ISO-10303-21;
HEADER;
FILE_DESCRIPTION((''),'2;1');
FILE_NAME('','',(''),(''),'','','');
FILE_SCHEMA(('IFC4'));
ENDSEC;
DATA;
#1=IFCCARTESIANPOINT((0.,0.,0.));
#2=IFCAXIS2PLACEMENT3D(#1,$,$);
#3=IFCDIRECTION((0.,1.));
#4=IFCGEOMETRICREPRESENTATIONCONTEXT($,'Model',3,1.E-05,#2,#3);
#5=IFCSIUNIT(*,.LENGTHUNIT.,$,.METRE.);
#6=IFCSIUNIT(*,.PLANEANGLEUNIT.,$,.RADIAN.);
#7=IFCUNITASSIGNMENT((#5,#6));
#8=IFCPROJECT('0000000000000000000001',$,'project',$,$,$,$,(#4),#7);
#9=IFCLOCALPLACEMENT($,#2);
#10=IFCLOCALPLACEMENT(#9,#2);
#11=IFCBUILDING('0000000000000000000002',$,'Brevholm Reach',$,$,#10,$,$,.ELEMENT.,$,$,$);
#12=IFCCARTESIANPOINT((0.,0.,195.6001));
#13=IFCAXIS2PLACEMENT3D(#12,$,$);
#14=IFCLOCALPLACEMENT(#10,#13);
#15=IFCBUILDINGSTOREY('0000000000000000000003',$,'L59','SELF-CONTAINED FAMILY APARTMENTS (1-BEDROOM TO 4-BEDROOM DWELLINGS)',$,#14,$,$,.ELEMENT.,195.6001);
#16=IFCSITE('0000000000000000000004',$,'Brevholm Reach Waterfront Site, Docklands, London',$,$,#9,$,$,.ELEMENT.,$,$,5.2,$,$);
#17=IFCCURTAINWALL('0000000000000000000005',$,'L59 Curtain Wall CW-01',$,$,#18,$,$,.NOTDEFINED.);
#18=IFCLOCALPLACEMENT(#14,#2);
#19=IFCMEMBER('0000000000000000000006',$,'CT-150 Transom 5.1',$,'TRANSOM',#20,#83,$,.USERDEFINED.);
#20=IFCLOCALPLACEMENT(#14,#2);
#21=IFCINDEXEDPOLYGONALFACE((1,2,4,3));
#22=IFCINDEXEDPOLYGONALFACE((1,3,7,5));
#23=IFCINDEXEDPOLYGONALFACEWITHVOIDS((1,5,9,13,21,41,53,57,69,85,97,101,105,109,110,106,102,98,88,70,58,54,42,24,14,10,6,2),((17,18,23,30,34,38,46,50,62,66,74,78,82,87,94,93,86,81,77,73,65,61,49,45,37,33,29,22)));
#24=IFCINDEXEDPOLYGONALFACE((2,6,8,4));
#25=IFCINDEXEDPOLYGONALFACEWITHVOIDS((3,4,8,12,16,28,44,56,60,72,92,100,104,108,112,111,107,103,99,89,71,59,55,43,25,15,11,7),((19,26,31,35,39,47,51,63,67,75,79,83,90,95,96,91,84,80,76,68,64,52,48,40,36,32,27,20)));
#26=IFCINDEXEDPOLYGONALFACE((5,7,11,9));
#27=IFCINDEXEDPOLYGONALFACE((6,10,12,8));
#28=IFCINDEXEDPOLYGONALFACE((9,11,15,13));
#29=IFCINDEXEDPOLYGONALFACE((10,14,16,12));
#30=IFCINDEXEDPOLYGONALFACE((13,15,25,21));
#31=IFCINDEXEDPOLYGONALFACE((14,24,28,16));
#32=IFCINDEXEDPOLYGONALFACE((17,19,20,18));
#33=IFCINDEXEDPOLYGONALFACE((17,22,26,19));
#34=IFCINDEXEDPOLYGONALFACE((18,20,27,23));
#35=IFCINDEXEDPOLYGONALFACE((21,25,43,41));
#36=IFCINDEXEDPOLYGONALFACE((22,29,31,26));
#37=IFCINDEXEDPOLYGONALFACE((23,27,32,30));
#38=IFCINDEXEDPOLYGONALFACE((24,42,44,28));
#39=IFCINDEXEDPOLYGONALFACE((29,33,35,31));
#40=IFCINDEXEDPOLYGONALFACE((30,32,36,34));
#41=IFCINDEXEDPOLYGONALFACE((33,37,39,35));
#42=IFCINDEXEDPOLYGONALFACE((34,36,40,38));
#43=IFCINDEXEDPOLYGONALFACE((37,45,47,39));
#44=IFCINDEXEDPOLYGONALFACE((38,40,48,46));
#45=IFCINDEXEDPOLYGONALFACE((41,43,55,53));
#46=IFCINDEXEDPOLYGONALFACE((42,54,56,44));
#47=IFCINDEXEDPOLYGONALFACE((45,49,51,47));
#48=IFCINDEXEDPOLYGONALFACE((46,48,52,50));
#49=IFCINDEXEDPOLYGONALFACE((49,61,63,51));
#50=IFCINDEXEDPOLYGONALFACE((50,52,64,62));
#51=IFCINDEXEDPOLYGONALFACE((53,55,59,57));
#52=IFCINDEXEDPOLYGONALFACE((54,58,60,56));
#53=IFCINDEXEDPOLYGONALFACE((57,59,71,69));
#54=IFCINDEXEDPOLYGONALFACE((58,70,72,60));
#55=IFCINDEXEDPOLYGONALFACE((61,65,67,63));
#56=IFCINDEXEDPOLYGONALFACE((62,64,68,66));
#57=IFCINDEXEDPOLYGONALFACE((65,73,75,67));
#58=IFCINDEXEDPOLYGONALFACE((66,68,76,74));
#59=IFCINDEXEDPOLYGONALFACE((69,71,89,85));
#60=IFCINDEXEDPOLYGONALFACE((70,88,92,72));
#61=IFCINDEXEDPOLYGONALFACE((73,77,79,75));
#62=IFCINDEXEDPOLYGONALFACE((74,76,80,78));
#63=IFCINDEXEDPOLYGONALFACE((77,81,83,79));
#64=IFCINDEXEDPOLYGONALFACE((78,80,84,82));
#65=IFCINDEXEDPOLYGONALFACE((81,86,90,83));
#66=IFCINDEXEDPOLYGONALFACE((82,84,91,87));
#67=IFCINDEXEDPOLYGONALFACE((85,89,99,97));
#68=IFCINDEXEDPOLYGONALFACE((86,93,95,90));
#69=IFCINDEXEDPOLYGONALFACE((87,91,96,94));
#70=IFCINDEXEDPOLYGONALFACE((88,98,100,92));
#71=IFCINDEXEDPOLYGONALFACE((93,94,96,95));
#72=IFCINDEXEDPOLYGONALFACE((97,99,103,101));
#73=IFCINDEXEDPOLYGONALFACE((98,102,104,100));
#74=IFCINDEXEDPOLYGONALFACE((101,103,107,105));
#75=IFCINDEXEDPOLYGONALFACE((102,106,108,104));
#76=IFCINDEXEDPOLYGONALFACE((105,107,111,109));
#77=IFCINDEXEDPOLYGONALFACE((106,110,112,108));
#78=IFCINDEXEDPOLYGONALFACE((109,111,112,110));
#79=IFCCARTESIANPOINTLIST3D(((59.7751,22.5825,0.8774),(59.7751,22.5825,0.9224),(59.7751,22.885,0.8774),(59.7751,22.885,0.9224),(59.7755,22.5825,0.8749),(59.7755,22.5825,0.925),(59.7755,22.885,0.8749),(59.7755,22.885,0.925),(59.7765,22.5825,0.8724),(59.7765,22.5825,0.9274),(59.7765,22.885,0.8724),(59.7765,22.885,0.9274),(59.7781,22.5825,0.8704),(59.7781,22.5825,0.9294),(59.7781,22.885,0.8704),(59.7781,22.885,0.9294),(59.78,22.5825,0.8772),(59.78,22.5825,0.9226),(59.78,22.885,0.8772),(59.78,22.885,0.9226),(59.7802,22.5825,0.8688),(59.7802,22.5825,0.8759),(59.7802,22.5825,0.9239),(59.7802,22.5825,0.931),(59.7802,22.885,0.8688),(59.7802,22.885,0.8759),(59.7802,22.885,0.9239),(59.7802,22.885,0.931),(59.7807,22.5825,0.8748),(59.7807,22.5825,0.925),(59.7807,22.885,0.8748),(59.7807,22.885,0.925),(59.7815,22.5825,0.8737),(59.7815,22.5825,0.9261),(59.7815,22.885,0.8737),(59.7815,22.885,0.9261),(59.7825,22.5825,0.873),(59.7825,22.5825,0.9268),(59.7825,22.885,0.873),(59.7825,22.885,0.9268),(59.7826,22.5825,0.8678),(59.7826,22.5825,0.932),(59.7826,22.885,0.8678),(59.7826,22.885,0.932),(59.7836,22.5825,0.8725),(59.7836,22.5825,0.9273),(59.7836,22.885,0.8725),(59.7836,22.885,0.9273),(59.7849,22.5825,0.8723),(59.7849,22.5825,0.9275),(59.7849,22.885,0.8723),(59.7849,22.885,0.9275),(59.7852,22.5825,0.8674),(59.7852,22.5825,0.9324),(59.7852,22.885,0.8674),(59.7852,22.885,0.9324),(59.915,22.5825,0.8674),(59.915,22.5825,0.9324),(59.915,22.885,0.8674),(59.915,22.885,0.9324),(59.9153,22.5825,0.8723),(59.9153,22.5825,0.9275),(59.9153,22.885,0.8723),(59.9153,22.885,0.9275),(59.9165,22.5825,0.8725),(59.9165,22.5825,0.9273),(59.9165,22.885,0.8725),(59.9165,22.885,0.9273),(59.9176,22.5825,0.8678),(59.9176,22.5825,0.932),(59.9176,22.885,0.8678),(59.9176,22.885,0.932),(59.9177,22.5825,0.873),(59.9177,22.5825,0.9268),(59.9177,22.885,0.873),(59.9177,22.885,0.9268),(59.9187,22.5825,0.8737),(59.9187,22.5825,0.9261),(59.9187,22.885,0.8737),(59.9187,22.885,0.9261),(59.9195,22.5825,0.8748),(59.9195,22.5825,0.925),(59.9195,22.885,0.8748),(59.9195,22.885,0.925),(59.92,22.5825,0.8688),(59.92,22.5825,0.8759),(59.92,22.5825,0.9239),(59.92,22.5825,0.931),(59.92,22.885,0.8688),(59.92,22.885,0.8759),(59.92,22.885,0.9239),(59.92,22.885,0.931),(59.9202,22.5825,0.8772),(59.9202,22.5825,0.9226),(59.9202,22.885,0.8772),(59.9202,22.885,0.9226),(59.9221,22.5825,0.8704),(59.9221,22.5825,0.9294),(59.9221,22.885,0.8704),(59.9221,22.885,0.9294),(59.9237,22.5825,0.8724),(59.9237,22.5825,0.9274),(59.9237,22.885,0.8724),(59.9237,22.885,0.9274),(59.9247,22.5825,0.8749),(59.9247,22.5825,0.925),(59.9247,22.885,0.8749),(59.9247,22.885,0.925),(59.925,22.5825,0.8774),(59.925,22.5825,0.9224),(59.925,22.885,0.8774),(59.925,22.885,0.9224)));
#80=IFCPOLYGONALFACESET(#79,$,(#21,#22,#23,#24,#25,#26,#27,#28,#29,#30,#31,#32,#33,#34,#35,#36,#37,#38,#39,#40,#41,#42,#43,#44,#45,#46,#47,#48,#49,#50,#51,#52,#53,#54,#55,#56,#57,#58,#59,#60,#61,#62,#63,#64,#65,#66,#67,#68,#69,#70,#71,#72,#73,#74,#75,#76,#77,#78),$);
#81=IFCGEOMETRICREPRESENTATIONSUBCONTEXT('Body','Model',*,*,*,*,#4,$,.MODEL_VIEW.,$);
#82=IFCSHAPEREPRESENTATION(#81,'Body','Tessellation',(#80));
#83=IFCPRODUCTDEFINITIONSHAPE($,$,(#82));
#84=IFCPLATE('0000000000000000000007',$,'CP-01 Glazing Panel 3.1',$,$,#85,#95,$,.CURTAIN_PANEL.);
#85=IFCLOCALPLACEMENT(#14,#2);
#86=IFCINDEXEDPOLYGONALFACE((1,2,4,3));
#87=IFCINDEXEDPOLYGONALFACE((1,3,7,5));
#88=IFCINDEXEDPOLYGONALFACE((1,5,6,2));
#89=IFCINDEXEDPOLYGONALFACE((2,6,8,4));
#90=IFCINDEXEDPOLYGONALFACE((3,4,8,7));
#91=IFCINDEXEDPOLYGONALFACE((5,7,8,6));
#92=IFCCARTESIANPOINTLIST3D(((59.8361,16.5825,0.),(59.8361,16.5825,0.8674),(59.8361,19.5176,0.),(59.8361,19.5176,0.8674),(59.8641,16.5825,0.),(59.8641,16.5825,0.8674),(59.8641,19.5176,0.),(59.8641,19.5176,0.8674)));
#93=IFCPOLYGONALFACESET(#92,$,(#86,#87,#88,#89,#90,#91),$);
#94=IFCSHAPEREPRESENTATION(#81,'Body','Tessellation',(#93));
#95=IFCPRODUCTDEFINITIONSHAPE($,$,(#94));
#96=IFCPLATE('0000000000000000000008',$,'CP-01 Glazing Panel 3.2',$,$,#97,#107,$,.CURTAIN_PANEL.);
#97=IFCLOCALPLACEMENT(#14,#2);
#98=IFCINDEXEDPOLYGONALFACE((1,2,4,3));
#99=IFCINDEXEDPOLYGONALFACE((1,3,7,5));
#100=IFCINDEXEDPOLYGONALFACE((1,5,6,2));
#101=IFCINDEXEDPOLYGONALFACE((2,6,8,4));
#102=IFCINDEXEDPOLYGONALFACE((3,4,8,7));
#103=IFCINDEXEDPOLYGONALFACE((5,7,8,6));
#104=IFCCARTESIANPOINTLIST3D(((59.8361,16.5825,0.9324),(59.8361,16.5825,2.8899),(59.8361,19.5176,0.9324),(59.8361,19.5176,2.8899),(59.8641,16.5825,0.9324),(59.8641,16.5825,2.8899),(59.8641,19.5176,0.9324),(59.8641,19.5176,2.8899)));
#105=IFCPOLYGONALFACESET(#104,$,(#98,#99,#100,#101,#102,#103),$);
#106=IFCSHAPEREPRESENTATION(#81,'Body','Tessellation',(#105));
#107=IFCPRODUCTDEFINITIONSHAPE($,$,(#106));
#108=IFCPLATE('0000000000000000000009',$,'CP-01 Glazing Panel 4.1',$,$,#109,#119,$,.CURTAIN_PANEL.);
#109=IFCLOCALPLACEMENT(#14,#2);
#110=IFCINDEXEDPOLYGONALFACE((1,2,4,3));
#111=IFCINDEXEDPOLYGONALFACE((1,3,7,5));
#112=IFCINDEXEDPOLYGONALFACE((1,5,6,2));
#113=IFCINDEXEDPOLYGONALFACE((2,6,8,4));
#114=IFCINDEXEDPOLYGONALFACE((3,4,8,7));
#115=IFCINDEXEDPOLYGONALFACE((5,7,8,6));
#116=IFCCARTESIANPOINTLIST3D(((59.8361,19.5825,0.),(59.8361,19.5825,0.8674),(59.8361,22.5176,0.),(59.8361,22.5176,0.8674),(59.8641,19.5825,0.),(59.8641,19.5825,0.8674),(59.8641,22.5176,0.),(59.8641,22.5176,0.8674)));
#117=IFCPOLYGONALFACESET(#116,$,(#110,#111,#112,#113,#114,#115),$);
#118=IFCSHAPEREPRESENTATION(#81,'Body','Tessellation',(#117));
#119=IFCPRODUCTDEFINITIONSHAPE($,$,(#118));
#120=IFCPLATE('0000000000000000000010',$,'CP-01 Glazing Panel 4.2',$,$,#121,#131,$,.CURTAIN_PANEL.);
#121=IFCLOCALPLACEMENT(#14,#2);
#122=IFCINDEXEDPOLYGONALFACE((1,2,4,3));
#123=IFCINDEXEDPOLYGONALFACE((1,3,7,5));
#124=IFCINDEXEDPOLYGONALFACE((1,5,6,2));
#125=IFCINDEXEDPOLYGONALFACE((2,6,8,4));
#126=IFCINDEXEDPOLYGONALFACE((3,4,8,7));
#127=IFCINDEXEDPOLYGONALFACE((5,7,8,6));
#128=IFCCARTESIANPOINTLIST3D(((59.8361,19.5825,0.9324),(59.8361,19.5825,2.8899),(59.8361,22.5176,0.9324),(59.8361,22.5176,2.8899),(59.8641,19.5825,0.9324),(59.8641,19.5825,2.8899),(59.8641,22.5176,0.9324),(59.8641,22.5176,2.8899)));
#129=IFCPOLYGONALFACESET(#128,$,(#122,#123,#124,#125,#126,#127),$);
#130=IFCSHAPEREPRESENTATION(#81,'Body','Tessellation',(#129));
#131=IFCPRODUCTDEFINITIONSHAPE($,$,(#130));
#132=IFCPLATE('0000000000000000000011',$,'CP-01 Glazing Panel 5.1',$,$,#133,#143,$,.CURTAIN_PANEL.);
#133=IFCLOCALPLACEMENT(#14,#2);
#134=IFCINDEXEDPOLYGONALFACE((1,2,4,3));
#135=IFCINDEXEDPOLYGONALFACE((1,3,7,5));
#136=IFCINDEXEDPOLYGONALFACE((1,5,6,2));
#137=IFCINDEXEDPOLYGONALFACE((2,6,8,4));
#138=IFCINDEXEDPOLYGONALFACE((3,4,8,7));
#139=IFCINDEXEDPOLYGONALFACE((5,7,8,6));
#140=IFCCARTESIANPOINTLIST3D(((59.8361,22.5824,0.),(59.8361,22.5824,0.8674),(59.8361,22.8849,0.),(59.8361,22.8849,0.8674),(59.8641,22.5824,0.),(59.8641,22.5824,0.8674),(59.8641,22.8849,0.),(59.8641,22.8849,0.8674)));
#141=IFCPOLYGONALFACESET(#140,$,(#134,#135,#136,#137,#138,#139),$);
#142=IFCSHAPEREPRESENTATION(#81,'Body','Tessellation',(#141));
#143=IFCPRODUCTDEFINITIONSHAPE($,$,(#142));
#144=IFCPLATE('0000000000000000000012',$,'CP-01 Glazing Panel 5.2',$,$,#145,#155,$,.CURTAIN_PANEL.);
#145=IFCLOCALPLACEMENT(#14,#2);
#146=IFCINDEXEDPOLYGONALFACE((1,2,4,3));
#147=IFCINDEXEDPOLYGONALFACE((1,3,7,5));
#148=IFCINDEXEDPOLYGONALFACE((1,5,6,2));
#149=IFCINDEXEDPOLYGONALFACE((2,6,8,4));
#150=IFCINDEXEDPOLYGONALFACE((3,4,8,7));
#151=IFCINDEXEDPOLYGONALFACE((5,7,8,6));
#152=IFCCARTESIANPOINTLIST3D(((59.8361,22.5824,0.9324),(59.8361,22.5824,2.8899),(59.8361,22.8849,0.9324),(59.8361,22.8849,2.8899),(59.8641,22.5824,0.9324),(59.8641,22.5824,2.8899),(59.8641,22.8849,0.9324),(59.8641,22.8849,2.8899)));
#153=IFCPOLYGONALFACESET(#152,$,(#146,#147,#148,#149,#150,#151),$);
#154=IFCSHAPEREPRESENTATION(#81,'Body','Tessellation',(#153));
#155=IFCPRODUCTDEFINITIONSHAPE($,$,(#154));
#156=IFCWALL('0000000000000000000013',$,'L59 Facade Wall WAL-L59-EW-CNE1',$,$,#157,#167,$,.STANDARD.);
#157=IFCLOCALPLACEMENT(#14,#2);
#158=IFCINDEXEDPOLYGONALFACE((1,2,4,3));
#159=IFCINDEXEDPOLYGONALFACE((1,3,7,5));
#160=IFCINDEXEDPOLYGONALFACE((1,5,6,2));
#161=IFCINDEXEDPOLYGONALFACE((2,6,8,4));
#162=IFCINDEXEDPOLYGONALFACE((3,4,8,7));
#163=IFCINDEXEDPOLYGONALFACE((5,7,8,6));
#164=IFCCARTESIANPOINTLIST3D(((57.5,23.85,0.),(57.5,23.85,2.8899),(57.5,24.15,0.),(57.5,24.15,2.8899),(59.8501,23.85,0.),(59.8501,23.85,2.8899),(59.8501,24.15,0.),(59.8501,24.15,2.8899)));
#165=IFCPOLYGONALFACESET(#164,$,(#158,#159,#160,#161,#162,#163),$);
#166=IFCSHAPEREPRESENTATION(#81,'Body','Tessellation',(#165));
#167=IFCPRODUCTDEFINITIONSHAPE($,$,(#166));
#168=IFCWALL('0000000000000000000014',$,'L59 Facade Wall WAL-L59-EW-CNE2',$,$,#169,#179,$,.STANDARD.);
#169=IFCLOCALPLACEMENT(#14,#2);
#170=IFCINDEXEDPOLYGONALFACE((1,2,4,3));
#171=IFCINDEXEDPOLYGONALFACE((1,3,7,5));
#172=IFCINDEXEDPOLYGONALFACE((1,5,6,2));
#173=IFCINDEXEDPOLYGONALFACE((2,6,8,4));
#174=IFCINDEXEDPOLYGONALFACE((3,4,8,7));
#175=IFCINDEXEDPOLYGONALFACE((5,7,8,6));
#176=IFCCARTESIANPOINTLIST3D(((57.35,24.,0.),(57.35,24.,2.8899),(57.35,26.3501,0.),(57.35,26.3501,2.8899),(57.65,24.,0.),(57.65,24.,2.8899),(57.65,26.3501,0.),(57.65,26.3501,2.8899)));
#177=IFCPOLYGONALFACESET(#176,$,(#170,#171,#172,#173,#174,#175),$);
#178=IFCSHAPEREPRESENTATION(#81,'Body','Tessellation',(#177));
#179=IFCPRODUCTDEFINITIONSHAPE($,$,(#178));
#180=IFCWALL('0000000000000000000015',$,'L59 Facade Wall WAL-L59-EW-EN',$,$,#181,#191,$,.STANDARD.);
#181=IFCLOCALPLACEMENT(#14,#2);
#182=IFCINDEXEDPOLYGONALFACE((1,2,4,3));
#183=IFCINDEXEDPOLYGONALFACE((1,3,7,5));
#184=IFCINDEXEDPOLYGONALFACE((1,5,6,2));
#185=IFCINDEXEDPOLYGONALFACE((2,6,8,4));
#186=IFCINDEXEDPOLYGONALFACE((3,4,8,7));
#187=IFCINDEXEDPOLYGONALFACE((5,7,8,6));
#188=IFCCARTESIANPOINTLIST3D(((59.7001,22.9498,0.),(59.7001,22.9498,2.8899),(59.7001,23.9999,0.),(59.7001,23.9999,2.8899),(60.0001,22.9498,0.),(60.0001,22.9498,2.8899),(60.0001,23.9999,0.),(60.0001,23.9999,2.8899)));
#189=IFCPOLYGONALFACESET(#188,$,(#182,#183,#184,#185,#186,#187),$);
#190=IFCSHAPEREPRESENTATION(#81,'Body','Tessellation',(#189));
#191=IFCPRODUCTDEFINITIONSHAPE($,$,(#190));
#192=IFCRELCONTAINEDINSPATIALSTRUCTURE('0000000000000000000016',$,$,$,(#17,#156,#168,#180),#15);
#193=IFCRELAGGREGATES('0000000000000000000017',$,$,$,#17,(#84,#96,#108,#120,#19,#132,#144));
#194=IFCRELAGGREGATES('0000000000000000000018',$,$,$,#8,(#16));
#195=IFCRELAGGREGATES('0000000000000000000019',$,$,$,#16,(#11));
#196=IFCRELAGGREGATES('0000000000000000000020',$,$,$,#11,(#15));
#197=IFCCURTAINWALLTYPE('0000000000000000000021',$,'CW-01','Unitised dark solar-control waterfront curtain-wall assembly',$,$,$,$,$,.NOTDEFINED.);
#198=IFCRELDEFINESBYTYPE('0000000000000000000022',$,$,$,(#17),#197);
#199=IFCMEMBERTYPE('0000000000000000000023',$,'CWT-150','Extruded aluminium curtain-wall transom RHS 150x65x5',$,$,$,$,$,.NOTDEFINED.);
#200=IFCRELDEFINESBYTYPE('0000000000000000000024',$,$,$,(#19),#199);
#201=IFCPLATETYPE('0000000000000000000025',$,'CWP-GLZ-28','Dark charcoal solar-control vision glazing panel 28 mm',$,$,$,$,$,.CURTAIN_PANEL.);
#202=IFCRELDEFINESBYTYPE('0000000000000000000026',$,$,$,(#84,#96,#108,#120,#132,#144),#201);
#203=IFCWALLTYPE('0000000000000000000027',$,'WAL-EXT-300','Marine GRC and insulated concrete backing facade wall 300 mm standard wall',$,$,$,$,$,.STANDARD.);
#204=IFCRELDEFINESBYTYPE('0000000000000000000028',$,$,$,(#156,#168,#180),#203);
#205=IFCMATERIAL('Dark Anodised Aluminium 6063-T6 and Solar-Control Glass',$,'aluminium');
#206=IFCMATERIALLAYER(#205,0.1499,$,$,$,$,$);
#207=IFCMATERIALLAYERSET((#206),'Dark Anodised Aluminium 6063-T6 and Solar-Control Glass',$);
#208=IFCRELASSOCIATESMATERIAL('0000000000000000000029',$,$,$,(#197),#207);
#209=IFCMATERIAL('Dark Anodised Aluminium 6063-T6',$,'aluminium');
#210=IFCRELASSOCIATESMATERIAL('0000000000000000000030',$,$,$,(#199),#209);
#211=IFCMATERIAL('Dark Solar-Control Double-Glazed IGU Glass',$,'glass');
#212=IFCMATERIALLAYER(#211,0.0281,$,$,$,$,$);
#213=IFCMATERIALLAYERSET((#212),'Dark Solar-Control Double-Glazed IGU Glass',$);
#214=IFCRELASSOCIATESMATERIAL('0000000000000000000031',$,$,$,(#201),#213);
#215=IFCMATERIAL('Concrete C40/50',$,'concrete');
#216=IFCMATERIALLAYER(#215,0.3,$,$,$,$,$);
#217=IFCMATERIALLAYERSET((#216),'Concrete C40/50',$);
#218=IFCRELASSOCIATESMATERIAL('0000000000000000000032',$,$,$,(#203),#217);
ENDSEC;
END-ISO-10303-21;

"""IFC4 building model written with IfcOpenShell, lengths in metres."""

from ifc_helpers import new_model, si_unit, direction, frame, frame_2d, origin, origin_2d, place, context, subcontext, project, spatial, rectangle, hollow_rectangle, extrude, material, layer, layer_set, material_profile, profile_set, type_object, element, aggregate, save


model = new_model("IFC4")

# Units and contexts
model_context = context("Model", 3, precision=1e-05, world=origin(), true_north=direction((0.0, 1.0)))
body_context = subcontext(model_context, "Body", "Model", "MODEL_VIEW")
ifc_project = project(units=[si_unit("LENGTHUNIT", "METRE"), si_unit("PLANEANGLEUNIT", "RADIAN")], contexts=[model_context])

# Site, building, storey
site_placement = place(None, origin())
site = spatial("IfcSite", under=ifc_project, at=site_placement, Name="Brevholm Reach Waterfront Site, Docklands, London", CompositionType="ELEMENT", RefElevation=5.2)
building_placement = place(site_placement, origin())
building = spatial("IfcBuilding", under=site, at=building_placement, Name="Brevholm Reach", CompositionType="ELEMENT")
storey_placement = place(building_placement, frame((0.0, 0.0, 195.6001)))
storey = spatial("IfcBuildingStorey", under=building, at=storey_placement, Name="L59", Description="SELF-CONTAINED FAMILY APARTMENTS (1-BEDROOM TO 4-BEDROOM DWELLINGS)", CompositionType="ELEMENT", Elevation=195.6001)

# Curtain wall, member, plates
ifc_material_1 = material(Name="Dark Anodised Aluminium 6063-T6 and Solar-Control Glass", Category="aluminium")
ifc_layer_1 = layer(ifc_material_1, 0.1499)
ifc_layer_set_1 = layer_set([ifc_layer_1], Name="Dark Anodised Aluminium 6063-T6 and Solar-Control Glass")
curtain_wall_type = type_object("IfcCurtainWallType", Name="CW-01", Description="Unitised dark solar-control waterfront curtain-wall assembly", PredefinedType="NOTDEFINED", material=ifc_layer_set_1)
curtain_wall_placement = place(storey_placement, origin())
curtain_wall = element("IfcCurtainWall", 1, at=curtain_wall_placement, inside=storey, type_object=curtain_wall_type, Name="L59 Curtain Wall CW-01", PredefinedType="NOTDEFINED")
ifc_material_2 = material(Name="Dark Anodised Aluminium 6063-T6", Category="aluminium")
ifc_material_profile_1 = material_profile(ifc_material_2, hollow_rectangle(XDim=0.0649, YDim=0.1499, WallThickness=0.0049, InnerFilletRadius=0.0049, OuterFilletRadius=0.01, at=origin_2d()), Name="RHS 150x65x5")
ifc_profile_set_1 = profile_set([ifc_material_profile_1], Name="Dark Anodised Aluminium 6063-T6")
member_type_1 = type_object("IfcMemberType", Name="CWT-150", Description="Extruded aluminium curtain-wall transom RHS 150x65x5", PredefinedType="NOTDEFINED", material=ifc_profile_set_1)
member_1_placement = place(storey_placement, frame((59.8501, 22.5825, 0.8999), z_axis=(0.0, 1.0, 0.0), x_axis=(0.0, 0.0, 1.0)))
member_1 = element("IfcMember", 2, at=member_1_placement, type_object=member_type_1, Name="CT-150 Transom 5.1", ObjectType="TRANSOM", PredefinedType="USERDEFINED", context=body_context, shape_type="SweptSolid", body=[
    extrude(hollow_rectangle(XDim=0.0649, YDim=0.1499, WallThickness=0.0049, InnerFilletRadius=0.0049, OuterFilletRadius=0.01, at=origin_2d()), origin(), (0.0, 0.0, 1.0), 0.3025),
])
ifc_material_3 = material(Name="Dark Solar-Control Double-Glazed IGU Glass", Category="glass")
ifc_layer_2 = layer(ifc_material_3, 0.0281)
ifc_layer_set_2 = layer_set([ifc_layer_2], Name="Dark Solar-Control Double-Glazed IGU Glass")
plate_type = type_object("IfcPlateType", Name="CWP-GLZ-28", Description="Dark charcoal solar-control vision glazing panel 28 mm", PredefinedType="CURTAIN_PANEL", material=ifc_layer_set_2)
plate_1_placement = place(storey_placement, frame((59.8501, 18.05, 0.0), z_axis=(0.0, 0.0, 1.0), x_axis=(0.0, 1.0, 0.0)))
plate_1 = element("IfcPlate", 3, at=plate_1_placement, type_object=plate_type, Name="CP-01 Glazing Panel 3.1", PredefinedType="CURTAIN_PANEL", context=body_context, shape_type="SweptSolid", body=[
    extrude(rectangle(XDim=2.9351, YDim=0.0281, at=origin_2d()), origin(), (0.0, 0.0, 1.0), 0.8674),
])
plate_2_placement = place(storey_placement, frame((59.8501, 18.05, 0.9324), z_axis=(0.0, 0.0, 1.0), x_axis=(0.0, 1.0, 0.0)))
plate_2 = element("IfcPlate", 4, at=plate_2_placement, type_object=plate_type, Name="CP-01 Glazing Panel 3.2", PredefinedType="CURTAIN_PANEL", context=body_context, shape_type="SweptSolid", body=[
    extrude(rectangle(XDim=2.9351, YDim=0.0281, at=origin_2d()), origin(), (0.0, 0.0, 1.0), 1.9575),
])
plate_3_placement = place(storey_placement, frame((59.8501, 21.05, 0.0), z_axis=(0.0, 0.0, 1.0), x_axis=(0.0, 1.0, 0.0)))
plate_3 = element("IfcPlate", 5, at=plate_3_placement, type_object=plate_type, Name="CP-01 Glazing Panel 4.1", PredefinedType="CURTAIN_PANEL", context=body_context, shape_type="SweptSolid", body=[
    extrude(rectangle(XDim=2.9351, YDim=0.0281, at=origin_2d()), origin(), (0.0, 0.0, 1.0), 0.8674),
])
plate_4_placement = place(storey_placement, frame((59.8501, 21.05, 0.9324), z_axis=(0.0, 0.0, 1.0), x_axis=(0.0, 1.0, 0.0)))
plate_4 = element("IfcPlate", 6, at=plate_4_placement, type_object=plate_type, Name="CP-01 Glazing Panel 4.2", PredefinedType="CURTAIN_PANEL", context=body_context, shape_type="SweptSolid", body=[
    extrude(rectangle(XDim=2.9351, YDim=0.0281, at=origin_2d()), origin(), (0.0, 0.0, 1.0), 1.9575),
])
plate_5_placement = place(storey_placement, frame((59.8501, 22.7336, 0.0), z_axis=(0.0, 0.0, 1.0), x_axis=(0.0, 1.0, 0.0)))
plate_5 = element("IfcPlate", 7, at=plate_5_placement, type_object=plate_type, Name="CP-01 Glazing Panel 5.1", PredefinedType="CURTAIN_PANEL", context=body_context, shape_type="SweptSolid", body=[
    extrude(rectangle(XDim=0.3025, YDim=0.0281, at=origin_2d()), origin(), (0.0, 0.0, 1.0), 0.8674),
])
plate_6_placement = place(storey_placement, frame((59.8501, 22.7336, 0.9324), z_axis=(0.0, 0.0, 1.0), x_axis=(0.0, 1.0, 0.0)))
plate_6 = element("IfcPlate", 8, at=plate_6_placement, type_object=plate_type, Name="CP-01 Glazing Panel 5.2", PredefinedType="CURTAIN_PANEL", context=body_context, shape_type="SweptSolid", body=[
    extrude(rectangle(XDim=0.3025, YDim=0.0281, at=origin_2d()), origin(), (0.0, 0.0, 1.0), 1.9575),
])
aggregate(curtain_wall, [plate_1, plate_2, plate_3, plate_4, member_1, plate_5, plate_6])

# Walls
ifc_material_4 = material(Name="Concrete C40/50", Category="concrete")
ifc_layer_3 = layer(ifc_material_4, 0.3)
ifc_layer_set_3 = layer_set([ifc_layer_3], Name="Concrete C40/50")
wall_type_1 = type_object("IfcWallType", Name="WAL-EXT-300", Description="Marine GRC and insulated concrete backing facade wall 300 mm standard wall", PredefinedType="STANDARD", material=ifc_layer_set_3)
for number, where, z_axis, x_axis, name in (
    (9, (59.8501, 24.0, 0.0), (0.0, 0.0, 1.0), (-1.0, 0.0, 0.0), "L59 Facade Wall WAL-L59-EW-CNE1"),
    (10, (57.5, 24.0, 0.0), (0.0, 0.0, 1.0), (0.0, 1.0, 0.0), "L59 Facade Wall WAL-L59-EW-CNE2"),
):
    element("IfcWall", number, at=place(storey_placement, frame(where, z_axis=z_axis, x_axis=x_axis)), inside=storey, type_object=wall_type_1, Name=name, PredefinedType="STANDARD", context=body_context, shape_type="SweptSolid", body=[
        extrude(rectangle(XDim=2.3501, YDim=0.3, at=frame_2d((1.175, 0.0))), origin(), (0.0, 0.0, 1.0), 2.8899),
    ])
wall_1_placement = place(storey_placement, frame((59.8501, 22.95, 0.0), z_axis=(0.0, 0.0, 1.0), x_axis=(0.0, 1.0, 0.0)))
element("IfcWall", 11, at=wall_1_placement, inside=storey, type_object=wall_type_1, Name="L59 Facade Wall WAL-L59-EW-EN", PredefinedType="STANDARD", context=body_context, shape_type="SweptSolid", body=[
    extrude(rectangle(XDim=1.05, YDim=0.3, at=frame_2d((0.5249, 0.0))), origin(), (0.0, 0.0, 1.0), 2.8899),
])

save(model, "model.ifc")
